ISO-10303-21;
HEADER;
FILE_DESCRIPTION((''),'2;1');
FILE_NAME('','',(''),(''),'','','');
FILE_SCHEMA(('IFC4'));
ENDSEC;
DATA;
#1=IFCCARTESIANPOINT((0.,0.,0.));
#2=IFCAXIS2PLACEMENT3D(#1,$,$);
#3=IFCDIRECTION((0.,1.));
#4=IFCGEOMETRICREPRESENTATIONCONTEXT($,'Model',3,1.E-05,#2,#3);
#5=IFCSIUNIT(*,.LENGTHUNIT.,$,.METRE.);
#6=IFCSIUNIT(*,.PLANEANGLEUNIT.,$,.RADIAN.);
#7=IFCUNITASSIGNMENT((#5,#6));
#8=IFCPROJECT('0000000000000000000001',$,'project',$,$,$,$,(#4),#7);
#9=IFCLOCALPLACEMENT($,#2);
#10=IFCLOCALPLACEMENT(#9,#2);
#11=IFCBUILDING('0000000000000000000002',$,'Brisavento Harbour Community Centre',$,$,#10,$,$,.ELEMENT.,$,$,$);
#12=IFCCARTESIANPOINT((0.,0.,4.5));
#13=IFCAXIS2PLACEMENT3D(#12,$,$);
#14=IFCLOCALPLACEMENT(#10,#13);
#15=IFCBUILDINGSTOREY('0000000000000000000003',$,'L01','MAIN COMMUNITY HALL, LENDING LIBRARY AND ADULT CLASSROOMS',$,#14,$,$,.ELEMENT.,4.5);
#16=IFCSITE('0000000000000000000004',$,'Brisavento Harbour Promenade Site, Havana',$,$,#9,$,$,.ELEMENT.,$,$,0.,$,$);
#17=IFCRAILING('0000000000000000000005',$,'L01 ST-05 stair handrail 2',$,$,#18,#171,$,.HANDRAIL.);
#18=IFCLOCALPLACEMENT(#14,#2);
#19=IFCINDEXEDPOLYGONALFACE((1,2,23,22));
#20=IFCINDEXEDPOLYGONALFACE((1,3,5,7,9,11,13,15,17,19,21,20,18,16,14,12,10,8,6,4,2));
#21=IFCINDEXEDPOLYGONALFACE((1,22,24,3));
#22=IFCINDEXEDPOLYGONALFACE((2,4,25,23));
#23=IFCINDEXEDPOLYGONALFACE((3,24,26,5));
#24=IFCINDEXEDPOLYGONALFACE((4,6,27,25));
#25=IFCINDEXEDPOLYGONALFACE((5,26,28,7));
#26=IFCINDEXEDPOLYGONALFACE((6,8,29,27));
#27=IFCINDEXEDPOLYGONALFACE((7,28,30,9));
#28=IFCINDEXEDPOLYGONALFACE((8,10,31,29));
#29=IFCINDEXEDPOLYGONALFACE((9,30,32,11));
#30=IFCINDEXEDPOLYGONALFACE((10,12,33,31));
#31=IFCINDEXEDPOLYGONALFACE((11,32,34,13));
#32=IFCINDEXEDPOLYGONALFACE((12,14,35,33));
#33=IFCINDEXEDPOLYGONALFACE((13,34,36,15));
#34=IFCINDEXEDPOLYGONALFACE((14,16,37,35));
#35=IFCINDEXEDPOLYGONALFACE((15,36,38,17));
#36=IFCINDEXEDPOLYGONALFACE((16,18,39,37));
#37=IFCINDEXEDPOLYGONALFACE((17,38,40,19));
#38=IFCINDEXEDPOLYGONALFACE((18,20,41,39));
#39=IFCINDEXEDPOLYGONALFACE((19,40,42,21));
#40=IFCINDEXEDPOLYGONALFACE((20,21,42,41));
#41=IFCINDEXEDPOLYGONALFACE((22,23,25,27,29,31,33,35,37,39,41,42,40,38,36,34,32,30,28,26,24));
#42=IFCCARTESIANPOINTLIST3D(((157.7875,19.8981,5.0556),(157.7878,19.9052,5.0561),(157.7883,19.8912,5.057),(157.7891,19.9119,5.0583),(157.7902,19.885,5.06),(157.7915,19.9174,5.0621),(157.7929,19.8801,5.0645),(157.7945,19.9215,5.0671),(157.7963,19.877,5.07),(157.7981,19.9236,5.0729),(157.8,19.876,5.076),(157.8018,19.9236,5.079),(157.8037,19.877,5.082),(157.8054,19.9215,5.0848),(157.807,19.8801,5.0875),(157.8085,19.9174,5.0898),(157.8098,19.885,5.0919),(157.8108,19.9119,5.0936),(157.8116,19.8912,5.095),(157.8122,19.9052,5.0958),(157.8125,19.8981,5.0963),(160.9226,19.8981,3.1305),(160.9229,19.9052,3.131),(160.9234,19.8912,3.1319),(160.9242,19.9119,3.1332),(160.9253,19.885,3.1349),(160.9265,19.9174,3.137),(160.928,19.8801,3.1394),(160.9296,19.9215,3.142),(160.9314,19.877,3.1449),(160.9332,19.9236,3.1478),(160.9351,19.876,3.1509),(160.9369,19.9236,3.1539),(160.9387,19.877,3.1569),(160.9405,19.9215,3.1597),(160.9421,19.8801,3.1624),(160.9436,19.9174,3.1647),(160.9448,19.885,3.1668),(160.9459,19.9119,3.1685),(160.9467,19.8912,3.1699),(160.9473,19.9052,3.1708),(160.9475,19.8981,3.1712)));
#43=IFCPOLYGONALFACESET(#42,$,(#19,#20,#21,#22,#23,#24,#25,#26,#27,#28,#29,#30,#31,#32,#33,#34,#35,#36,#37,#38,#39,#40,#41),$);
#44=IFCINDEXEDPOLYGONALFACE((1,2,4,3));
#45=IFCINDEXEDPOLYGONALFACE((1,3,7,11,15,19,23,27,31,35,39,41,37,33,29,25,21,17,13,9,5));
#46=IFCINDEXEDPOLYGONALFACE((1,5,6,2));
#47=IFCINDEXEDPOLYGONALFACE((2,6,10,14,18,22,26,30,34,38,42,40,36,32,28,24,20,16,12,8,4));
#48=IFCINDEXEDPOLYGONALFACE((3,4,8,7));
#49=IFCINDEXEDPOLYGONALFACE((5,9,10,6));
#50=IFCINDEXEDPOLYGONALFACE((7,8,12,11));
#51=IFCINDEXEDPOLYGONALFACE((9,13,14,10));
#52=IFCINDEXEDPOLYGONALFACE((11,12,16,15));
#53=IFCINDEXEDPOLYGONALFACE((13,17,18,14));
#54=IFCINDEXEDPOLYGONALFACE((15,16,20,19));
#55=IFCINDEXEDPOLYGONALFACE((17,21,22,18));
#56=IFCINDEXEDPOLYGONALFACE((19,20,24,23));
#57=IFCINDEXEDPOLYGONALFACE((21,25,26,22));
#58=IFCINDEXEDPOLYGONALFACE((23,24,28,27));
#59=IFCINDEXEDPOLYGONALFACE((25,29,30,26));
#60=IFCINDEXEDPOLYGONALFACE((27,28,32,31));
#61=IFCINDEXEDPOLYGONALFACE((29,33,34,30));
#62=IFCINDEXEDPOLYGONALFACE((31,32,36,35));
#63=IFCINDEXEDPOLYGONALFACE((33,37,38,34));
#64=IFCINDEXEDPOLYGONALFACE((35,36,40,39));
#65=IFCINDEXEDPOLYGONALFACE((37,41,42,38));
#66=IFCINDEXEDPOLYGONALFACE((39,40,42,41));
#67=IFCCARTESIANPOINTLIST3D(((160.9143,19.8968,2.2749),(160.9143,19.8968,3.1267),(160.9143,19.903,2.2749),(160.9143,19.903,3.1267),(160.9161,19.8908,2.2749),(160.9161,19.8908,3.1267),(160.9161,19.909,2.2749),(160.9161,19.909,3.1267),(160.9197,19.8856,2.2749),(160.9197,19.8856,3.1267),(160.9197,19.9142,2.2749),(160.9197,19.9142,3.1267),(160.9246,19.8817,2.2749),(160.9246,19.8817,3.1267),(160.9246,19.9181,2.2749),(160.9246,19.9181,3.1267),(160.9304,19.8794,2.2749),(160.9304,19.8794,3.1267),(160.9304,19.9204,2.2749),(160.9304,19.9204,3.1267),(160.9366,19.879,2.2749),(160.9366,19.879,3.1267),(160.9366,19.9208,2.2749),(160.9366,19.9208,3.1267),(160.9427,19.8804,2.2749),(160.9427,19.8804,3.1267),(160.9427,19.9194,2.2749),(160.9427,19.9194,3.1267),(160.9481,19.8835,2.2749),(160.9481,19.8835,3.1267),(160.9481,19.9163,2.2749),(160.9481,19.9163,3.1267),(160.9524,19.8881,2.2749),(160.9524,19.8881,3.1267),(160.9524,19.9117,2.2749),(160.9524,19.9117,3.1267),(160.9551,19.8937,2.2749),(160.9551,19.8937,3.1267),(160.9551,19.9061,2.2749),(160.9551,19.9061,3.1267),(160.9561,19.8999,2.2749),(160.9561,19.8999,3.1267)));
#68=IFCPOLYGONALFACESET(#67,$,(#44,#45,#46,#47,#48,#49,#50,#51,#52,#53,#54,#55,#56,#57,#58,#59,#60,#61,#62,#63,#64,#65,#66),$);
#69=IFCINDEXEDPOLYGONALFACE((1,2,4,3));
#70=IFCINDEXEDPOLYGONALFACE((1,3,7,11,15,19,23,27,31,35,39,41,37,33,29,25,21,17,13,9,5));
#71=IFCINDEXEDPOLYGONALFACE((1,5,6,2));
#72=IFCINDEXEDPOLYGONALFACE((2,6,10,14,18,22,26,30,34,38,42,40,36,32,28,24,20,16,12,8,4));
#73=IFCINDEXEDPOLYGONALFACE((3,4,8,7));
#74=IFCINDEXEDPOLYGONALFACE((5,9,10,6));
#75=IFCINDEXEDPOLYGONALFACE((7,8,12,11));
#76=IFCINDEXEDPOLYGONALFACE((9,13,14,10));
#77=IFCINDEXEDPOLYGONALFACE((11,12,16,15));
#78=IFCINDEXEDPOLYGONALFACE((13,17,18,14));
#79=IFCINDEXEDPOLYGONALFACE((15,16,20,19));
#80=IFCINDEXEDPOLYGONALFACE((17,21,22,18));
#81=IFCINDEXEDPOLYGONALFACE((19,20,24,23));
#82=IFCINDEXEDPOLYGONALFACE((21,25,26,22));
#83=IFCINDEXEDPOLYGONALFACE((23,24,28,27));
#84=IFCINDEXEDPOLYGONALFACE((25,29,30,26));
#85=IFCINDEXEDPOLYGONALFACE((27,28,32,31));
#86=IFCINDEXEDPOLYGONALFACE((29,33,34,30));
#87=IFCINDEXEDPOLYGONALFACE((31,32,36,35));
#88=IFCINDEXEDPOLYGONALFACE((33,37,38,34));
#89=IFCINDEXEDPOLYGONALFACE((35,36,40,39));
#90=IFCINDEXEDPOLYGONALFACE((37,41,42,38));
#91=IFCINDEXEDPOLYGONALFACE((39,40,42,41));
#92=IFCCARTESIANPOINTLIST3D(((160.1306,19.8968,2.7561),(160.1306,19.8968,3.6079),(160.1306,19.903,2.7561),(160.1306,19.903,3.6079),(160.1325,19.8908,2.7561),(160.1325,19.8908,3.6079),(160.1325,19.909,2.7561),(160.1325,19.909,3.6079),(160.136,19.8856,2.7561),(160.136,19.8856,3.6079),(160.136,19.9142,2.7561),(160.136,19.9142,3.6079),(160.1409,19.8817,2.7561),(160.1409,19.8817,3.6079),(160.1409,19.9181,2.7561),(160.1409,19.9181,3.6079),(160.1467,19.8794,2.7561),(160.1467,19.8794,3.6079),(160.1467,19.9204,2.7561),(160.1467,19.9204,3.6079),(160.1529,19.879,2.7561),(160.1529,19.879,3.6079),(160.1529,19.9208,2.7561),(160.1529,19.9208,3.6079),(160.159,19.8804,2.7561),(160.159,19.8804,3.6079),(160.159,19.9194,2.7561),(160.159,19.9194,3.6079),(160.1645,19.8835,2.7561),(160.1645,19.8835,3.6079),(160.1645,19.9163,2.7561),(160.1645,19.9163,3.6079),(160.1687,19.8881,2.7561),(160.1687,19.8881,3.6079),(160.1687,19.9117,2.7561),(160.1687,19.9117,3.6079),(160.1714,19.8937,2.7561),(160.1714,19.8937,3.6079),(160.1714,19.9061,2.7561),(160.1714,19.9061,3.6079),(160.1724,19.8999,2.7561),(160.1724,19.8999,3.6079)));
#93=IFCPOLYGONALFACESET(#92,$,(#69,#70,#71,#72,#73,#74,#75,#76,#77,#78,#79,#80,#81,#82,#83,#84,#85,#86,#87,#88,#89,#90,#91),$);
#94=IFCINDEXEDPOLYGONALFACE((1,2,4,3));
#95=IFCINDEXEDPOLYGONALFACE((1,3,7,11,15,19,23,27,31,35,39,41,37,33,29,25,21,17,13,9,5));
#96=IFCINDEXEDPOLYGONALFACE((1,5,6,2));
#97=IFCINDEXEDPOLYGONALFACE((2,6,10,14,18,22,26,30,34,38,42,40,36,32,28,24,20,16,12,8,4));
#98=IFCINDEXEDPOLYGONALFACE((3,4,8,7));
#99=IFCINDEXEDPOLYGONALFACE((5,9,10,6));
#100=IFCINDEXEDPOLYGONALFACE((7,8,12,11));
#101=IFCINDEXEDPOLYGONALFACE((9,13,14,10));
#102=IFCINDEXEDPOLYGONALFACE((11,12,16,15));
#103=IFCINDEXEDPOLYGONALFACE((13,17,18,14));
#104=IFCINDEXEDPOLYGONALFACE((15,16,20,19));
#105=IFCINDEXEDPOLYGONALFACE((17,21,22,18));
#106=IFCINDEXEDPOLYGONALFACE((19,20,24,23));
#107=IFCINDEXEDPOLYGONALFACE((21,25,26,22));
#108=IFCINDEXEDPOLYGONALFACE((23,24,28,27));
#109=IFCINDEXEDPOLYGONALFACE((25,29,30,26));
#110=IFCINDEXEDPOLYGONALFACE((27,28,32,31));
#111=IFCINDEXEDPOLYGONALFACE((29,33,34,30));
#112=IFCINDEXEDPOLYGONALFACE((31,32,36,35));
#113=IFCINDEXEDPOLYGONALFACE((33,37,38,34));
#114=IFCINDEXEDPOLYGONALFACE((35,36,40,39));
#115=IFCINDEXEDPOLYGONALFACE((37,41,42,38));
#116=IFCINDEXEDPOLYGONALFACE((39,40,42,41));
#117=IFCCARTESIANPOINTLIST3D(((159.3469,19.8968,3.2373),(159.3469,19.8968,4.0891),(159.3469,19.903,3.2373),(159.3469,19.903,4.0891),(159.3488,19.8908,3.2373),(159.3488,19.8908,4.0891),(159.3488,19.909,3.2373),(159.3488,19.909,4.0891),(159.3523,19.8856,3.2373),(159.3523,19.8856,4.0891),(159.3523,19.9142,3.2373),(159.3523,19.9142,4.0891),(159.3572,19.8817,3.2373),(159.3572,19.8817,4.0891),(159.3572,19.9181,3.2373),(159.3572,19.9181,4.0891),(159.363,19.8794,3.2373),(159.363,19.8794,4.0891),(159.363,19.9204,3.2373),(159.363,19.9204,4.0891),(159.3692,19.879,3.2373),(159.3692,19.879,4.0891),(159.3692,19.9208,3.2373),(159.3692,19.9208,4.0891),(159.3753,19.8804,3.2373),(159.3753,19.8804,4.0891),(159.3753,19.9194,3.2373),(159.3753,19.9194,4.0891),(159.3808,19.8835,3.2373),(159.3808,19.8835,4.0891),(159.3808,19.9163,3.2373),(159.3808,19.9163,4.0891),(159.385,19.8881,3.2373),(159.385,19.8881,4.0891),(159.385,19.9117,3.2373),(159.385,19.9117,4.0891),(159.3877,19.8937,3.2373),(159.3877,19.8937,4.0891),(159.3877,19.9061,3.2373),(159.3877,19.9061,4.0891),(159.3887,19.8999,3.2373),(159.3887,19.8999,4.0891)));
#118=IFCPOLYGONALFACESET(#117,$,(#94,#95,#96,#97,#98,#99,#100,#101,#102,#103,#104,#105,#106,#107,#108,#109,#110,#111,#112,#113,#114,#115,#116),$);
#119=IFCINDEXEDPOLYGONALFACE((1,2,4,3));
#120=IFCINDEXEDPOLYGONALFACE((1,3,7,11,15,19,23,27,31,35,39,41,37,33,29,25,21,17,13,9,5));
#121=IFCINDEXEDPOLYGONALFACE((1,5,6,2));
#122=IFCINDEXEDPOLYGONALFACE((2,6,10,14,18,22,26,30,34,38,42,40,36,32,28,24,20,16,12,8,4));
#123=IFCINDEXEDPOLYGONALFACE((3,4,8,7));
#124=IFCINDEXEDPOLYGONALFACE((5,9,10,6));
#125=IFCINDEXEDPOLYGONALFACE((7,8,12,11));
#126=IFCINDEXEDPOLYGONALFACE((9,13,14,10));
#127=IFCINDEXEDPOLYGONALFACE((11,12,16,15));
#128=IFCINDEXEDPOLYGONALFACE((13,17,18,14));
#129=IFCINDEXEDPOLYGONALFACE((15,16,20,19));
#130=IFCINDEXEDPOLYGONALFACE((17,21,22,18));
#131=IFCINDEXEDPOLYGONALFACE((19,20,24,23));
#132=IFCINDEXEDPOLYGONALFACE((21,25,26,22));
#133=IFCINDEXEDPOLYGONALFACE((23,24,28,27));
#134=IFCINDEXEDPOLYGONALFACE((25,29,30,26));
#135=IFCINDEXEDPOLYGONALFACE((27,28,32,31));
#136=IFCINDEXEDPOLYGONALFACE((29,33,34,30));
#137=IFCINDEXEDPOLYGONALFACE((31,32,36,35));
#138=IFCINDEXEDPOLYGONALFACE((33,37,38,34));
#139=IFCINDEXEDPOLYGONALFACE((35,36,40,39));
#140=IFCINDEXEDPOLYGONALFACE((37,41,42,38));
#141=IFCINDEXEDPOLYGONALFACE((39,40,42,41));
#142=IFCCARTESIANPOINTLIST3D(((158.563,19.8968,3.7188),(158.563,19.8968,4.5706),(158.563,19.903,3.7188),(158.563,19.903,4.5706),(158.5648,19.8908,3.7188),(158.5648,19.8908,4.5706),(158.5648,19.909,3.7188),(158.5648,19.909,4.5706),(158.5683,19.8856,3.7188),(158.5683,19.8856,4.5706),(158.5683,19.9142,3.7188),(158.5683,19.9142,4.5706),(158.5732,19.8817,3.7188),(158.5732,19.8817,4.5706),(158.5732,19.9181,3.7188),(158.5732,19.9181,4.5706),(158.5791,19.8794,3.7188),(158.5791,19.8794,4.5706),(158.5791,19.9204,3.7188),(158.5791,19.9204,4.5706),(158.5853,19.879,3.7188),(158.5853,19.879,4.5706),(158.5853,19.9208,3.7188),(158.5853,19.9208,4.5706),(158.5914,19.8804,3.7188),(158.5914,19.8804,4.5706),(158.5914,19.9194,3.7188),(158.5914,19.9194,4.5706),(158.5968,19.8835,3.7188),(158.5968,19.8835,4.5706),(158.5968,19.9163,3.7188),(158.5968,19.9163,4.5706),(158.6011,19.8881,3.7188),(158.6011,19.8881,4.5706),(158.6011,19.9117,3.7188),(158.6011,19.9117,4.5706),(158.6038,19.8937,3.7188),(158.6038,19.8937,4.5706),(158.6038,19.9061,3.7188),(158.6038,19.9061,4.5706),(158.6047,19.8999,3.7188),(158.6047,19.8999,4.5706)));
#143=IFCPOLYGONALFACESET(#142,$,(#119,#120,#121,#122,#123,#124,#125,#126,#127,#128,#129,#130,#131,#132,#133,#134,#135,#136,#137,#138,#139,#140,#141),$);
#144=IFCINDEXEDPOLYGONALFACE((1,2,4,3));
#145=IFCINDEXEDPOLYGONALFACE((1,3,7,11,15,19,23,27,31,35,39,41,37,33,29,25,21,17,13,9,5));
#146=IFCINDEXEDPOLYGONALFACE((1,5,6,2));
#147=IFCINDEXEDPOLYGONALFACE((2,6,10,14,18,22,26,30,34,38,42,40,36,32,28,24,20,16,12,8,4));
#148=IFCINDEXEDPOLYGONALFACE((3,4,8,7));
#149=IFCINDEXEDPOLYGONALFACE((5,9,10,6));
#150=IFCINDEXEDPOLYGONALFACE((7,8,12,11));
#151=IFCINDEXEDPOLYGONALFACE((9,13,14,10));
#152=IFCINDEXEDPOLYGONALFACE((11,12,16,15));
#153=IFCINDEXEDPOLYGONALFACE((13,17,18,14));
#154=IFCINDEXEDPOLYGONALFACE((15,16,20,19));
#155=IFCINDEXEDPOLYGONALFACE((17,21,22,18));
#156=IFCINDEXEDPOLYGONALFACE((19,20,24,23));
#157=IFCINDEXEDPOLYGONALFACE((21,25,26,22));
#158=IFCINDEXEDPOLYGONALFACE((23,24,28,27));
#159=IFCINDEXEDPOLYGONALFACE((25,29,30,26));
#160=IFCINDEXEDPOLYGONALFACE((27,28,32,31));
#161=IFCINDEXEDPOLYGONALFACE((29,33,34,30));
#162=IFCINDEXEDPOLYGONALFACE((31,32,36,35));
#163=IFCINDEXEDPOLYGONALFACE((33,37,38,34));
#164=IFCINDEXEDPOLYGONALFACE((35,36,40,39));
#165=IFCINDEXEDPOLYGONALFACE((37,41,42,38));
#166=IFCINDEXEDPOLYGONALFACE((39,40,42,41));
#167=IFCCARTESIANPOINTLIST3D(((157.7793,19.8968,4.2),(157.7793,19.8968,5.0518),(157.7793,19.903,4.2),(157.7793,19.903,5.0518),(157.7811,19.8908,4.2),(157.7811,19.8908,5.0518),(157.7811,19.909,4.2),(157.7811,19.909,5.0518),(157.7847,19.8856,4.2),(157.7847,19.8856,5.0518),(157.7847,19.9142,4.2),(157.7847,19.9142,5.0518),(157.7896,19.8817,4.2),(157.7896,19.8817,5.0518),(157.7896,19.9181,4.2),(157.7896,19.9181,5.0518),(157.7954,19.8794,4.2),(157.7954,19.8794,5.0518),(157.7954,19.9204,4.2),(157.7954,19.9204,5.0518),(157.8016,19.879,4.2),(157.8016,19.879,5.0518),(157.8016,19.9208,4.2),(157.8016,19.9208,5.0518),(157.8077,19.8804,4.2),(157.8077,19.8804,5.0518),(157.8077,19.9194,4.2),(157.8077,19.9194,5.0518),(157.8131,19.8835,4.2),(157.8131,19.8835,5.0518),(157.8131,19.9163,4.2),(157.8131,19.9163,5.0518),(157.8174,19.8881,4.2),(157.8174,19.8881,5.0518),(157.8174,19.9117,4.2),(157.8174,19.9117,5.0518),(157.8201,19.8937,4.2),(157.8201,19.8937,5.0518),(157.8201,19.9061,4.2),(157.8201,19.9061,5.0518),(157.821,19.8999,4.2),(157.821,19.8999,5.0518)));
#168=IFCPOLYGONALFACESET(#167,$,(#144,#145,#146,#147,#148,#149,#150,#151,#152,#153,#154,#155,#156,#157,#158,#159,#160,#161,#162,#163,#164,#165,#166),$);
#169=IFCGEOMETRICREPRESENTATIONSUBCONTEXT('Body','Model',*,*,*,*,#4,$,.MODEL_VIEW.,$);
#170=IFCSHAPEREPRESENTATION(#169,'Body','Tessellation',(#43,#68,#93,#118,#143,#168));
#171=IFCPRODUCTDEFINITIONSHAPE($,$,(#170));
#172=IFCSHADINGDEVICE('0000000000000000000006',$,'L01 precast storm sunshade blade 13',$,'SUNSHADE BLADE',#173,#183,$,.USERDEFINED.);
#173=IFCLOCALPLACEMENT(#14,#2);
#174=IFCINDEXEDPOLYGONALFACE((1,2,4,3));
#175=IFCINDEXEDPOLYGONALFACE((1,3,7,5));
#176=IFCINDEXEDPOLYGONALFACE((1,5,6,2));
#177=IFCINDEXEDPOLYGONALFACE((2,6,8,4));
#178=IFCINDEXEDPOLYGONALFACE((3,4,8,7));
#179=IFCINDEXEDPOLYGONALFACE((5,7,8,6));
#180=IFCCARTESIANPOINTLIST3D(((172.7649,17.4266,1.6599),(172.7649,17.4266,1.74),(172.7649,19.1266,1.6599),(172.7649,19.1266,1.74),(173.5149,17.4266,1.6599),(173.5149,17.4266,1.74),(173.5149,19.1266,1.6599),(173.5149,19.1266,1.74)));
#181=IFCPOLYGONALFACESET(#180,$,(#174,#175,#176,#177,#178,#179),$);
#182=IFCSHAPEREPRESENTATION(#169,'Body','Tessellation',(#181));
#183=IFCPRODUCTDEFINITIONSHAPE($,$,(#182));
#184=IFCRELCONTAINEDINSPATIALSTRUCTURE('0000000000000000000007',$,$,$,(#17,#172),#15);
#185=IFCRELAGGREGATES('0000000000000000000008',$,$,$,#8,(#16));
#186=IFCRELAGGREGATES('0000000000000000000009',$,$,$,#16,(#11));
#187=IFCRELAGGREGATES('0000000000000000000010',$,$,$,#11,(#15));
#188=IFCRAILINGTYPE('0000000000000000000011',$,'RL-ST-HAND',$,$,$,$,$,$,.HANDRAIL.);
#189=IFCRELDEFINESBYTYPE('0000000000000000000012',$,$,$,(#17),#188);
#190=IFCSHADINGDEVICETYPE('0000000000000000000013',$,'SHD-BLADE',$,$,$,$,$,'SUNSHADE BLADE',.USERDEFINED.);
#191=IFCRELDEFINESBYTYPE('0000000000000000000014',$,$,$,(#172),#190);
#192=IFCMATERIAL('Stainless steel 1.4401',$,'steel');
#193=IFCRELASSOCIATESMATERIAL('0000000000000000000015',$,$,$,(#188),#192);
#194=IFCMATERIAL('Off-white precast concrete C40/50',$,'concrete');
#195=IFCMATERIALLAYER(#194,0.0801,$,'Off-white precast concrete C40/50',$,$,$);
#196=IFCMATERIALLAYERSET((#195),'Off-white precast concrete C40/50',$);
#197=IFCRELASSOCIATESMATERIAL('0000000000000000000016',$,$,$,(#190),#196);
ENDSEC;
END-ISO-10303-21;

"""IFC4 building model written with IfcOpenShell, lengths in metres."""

from ifc_helpers import new_model, si_unit, direction, frame, origin, origin_2d, place, context, subcontext, project, spatial, rectangle, circle, extrude, material, layer, layer_set, type_object, element, save


model = new_model("IFC4")

# Units and contexts
model_context = context("Model", 3, precision=1e-05, world=origin(), true_north=direction((0.0, 1.0)))
body_context = subcontext(model_context, "Body", "Model", "MODEL_VIEW")
ifc_project = project(units=[si_unit("LENGTHUNIT", "METRE"), si_unit("PLANEANGLEUNIT", "RADIAN")], contexts=[model_context])

# Site, building, storey
site_placement = place(None, origin())
site = spatial("IfcSite", under=ifc_project, at=site_placement, Name="Brisavento Harbour Promenade Site, Havana", CompositionType="ELEMENT", RefElevation=0.0)
building_placement = place(site_placement, origin())
building = spatial("IfcBuilding", under=site, at=building_placement, Name="Brisavento Harbour Community Centre", CompositionType="ELEMENT")
storey_placement = place(building_placement, frame((0.0, 0.0, 4.5)))
storey = spatial("IfcBuildingStorey", under=building, at=storey_placement, Name="L01", Description="MAIN COMMUNITY HALL, LENDING LIBRARY AND ADULT CLASSROOMS", CompositionType="ELEMENT", Elevation=4.5)

# Railing
ifc_material_1 = material(Name="Stainless steel 1.4401", Category="steel")
railing_type_1 = type_object("IfcRailingType", Name="RL-ST-HAND", PredefinedType="HANDRAIL", material=ifc_material_1)
railing_1_placement = place(storey_placement, frame((160.9351, 19.8999, 2.2749)))
element("IfcRailing", 1, at=railing_1_placement, inside=storey, type_object=railing_type_1, Name="L01 ST-05 stair handrail 2", PredefinedType="HANDRAIL", context=body_context, shape_type="SweptSolid", body=[
    extrude(circle(Radius=0.0239, at=origin_2d()), frame((0.0, 0.0, 0.876), z_axis=(-0.852166, 0.0, 0.523271), x_axis=(0.0, -1.0, 0.0)), (0.0, 0.0, 1.0), 3.679),
    extrude(circle(Radius=0.021, at=origin_2d()), origin(), (0.0, 0.0, 1.0), 0.8518),
    extrude(circle(Radius=0.021, at=origin_2d()), frame((-0.7837, 0.0, 0.4812)), (0.0, 0.0, 1.0), 0.8518),
    extrude(circle(Radius=0.021, at=origin_2d()), frame((-1.5674, 0.0, 0.9624)), (0.0, 0.0, 1.0), 0.8518),
    extrude(circle(Radius=0.021, at=origin_2d()), frame((-2.3513, 0.0, 1.4438)), (0.0, 0.0, 1.0), 0.8518),
    extrude(circle(Radius=0.021, at=origin_2d()), frame((-3.135, 0.0, 1.925)), (0.0, 0.0, 1.0), 0.8518),
])

# Shading device
ifc_material_2 = material(Name="Off-white precast concrete C40/50", Category="concrete")
ifc_layer_1 = layer(ifc_material_2, 0.0801, Name="Off-white precast concrete C40/50")
ifc_layer_set_1 = layer_set([ifc_layer_1], Name="Off-white precast concrete C40/50")
shading_device_type = type_object("IfcShadingDeviceType", Name="SHD-BLADE", ElementType="SUNSHADE BLADE", PredefinedType="USERDEFINED", material=ifc_layer_set_1)
shading_device_placement = place(storey_placement, frame((173.1399, 18.2766, 1.6599), z_axis=(0.0, 0.0, 1.0), x_axis=(0.0, -1.0, 0.0)))
element("IfcShadingDevice", 2, at=shading_device_placement, inside=storey, type_object=shading_device_type, Name="L01 precast storm sunshade blade 13", ObjectType="SUNSHADE BLADE", PredefinedType="USERDEFINED", context=body_context, shape_type="SweptSolid", body=[
    extrude(rectangle(XDim=1.7, YDim=0.75, at=origin_2d()), origin(), (0.0, 0.0, 1.0), 0.0801),
])

save(model, "model.ifc")
